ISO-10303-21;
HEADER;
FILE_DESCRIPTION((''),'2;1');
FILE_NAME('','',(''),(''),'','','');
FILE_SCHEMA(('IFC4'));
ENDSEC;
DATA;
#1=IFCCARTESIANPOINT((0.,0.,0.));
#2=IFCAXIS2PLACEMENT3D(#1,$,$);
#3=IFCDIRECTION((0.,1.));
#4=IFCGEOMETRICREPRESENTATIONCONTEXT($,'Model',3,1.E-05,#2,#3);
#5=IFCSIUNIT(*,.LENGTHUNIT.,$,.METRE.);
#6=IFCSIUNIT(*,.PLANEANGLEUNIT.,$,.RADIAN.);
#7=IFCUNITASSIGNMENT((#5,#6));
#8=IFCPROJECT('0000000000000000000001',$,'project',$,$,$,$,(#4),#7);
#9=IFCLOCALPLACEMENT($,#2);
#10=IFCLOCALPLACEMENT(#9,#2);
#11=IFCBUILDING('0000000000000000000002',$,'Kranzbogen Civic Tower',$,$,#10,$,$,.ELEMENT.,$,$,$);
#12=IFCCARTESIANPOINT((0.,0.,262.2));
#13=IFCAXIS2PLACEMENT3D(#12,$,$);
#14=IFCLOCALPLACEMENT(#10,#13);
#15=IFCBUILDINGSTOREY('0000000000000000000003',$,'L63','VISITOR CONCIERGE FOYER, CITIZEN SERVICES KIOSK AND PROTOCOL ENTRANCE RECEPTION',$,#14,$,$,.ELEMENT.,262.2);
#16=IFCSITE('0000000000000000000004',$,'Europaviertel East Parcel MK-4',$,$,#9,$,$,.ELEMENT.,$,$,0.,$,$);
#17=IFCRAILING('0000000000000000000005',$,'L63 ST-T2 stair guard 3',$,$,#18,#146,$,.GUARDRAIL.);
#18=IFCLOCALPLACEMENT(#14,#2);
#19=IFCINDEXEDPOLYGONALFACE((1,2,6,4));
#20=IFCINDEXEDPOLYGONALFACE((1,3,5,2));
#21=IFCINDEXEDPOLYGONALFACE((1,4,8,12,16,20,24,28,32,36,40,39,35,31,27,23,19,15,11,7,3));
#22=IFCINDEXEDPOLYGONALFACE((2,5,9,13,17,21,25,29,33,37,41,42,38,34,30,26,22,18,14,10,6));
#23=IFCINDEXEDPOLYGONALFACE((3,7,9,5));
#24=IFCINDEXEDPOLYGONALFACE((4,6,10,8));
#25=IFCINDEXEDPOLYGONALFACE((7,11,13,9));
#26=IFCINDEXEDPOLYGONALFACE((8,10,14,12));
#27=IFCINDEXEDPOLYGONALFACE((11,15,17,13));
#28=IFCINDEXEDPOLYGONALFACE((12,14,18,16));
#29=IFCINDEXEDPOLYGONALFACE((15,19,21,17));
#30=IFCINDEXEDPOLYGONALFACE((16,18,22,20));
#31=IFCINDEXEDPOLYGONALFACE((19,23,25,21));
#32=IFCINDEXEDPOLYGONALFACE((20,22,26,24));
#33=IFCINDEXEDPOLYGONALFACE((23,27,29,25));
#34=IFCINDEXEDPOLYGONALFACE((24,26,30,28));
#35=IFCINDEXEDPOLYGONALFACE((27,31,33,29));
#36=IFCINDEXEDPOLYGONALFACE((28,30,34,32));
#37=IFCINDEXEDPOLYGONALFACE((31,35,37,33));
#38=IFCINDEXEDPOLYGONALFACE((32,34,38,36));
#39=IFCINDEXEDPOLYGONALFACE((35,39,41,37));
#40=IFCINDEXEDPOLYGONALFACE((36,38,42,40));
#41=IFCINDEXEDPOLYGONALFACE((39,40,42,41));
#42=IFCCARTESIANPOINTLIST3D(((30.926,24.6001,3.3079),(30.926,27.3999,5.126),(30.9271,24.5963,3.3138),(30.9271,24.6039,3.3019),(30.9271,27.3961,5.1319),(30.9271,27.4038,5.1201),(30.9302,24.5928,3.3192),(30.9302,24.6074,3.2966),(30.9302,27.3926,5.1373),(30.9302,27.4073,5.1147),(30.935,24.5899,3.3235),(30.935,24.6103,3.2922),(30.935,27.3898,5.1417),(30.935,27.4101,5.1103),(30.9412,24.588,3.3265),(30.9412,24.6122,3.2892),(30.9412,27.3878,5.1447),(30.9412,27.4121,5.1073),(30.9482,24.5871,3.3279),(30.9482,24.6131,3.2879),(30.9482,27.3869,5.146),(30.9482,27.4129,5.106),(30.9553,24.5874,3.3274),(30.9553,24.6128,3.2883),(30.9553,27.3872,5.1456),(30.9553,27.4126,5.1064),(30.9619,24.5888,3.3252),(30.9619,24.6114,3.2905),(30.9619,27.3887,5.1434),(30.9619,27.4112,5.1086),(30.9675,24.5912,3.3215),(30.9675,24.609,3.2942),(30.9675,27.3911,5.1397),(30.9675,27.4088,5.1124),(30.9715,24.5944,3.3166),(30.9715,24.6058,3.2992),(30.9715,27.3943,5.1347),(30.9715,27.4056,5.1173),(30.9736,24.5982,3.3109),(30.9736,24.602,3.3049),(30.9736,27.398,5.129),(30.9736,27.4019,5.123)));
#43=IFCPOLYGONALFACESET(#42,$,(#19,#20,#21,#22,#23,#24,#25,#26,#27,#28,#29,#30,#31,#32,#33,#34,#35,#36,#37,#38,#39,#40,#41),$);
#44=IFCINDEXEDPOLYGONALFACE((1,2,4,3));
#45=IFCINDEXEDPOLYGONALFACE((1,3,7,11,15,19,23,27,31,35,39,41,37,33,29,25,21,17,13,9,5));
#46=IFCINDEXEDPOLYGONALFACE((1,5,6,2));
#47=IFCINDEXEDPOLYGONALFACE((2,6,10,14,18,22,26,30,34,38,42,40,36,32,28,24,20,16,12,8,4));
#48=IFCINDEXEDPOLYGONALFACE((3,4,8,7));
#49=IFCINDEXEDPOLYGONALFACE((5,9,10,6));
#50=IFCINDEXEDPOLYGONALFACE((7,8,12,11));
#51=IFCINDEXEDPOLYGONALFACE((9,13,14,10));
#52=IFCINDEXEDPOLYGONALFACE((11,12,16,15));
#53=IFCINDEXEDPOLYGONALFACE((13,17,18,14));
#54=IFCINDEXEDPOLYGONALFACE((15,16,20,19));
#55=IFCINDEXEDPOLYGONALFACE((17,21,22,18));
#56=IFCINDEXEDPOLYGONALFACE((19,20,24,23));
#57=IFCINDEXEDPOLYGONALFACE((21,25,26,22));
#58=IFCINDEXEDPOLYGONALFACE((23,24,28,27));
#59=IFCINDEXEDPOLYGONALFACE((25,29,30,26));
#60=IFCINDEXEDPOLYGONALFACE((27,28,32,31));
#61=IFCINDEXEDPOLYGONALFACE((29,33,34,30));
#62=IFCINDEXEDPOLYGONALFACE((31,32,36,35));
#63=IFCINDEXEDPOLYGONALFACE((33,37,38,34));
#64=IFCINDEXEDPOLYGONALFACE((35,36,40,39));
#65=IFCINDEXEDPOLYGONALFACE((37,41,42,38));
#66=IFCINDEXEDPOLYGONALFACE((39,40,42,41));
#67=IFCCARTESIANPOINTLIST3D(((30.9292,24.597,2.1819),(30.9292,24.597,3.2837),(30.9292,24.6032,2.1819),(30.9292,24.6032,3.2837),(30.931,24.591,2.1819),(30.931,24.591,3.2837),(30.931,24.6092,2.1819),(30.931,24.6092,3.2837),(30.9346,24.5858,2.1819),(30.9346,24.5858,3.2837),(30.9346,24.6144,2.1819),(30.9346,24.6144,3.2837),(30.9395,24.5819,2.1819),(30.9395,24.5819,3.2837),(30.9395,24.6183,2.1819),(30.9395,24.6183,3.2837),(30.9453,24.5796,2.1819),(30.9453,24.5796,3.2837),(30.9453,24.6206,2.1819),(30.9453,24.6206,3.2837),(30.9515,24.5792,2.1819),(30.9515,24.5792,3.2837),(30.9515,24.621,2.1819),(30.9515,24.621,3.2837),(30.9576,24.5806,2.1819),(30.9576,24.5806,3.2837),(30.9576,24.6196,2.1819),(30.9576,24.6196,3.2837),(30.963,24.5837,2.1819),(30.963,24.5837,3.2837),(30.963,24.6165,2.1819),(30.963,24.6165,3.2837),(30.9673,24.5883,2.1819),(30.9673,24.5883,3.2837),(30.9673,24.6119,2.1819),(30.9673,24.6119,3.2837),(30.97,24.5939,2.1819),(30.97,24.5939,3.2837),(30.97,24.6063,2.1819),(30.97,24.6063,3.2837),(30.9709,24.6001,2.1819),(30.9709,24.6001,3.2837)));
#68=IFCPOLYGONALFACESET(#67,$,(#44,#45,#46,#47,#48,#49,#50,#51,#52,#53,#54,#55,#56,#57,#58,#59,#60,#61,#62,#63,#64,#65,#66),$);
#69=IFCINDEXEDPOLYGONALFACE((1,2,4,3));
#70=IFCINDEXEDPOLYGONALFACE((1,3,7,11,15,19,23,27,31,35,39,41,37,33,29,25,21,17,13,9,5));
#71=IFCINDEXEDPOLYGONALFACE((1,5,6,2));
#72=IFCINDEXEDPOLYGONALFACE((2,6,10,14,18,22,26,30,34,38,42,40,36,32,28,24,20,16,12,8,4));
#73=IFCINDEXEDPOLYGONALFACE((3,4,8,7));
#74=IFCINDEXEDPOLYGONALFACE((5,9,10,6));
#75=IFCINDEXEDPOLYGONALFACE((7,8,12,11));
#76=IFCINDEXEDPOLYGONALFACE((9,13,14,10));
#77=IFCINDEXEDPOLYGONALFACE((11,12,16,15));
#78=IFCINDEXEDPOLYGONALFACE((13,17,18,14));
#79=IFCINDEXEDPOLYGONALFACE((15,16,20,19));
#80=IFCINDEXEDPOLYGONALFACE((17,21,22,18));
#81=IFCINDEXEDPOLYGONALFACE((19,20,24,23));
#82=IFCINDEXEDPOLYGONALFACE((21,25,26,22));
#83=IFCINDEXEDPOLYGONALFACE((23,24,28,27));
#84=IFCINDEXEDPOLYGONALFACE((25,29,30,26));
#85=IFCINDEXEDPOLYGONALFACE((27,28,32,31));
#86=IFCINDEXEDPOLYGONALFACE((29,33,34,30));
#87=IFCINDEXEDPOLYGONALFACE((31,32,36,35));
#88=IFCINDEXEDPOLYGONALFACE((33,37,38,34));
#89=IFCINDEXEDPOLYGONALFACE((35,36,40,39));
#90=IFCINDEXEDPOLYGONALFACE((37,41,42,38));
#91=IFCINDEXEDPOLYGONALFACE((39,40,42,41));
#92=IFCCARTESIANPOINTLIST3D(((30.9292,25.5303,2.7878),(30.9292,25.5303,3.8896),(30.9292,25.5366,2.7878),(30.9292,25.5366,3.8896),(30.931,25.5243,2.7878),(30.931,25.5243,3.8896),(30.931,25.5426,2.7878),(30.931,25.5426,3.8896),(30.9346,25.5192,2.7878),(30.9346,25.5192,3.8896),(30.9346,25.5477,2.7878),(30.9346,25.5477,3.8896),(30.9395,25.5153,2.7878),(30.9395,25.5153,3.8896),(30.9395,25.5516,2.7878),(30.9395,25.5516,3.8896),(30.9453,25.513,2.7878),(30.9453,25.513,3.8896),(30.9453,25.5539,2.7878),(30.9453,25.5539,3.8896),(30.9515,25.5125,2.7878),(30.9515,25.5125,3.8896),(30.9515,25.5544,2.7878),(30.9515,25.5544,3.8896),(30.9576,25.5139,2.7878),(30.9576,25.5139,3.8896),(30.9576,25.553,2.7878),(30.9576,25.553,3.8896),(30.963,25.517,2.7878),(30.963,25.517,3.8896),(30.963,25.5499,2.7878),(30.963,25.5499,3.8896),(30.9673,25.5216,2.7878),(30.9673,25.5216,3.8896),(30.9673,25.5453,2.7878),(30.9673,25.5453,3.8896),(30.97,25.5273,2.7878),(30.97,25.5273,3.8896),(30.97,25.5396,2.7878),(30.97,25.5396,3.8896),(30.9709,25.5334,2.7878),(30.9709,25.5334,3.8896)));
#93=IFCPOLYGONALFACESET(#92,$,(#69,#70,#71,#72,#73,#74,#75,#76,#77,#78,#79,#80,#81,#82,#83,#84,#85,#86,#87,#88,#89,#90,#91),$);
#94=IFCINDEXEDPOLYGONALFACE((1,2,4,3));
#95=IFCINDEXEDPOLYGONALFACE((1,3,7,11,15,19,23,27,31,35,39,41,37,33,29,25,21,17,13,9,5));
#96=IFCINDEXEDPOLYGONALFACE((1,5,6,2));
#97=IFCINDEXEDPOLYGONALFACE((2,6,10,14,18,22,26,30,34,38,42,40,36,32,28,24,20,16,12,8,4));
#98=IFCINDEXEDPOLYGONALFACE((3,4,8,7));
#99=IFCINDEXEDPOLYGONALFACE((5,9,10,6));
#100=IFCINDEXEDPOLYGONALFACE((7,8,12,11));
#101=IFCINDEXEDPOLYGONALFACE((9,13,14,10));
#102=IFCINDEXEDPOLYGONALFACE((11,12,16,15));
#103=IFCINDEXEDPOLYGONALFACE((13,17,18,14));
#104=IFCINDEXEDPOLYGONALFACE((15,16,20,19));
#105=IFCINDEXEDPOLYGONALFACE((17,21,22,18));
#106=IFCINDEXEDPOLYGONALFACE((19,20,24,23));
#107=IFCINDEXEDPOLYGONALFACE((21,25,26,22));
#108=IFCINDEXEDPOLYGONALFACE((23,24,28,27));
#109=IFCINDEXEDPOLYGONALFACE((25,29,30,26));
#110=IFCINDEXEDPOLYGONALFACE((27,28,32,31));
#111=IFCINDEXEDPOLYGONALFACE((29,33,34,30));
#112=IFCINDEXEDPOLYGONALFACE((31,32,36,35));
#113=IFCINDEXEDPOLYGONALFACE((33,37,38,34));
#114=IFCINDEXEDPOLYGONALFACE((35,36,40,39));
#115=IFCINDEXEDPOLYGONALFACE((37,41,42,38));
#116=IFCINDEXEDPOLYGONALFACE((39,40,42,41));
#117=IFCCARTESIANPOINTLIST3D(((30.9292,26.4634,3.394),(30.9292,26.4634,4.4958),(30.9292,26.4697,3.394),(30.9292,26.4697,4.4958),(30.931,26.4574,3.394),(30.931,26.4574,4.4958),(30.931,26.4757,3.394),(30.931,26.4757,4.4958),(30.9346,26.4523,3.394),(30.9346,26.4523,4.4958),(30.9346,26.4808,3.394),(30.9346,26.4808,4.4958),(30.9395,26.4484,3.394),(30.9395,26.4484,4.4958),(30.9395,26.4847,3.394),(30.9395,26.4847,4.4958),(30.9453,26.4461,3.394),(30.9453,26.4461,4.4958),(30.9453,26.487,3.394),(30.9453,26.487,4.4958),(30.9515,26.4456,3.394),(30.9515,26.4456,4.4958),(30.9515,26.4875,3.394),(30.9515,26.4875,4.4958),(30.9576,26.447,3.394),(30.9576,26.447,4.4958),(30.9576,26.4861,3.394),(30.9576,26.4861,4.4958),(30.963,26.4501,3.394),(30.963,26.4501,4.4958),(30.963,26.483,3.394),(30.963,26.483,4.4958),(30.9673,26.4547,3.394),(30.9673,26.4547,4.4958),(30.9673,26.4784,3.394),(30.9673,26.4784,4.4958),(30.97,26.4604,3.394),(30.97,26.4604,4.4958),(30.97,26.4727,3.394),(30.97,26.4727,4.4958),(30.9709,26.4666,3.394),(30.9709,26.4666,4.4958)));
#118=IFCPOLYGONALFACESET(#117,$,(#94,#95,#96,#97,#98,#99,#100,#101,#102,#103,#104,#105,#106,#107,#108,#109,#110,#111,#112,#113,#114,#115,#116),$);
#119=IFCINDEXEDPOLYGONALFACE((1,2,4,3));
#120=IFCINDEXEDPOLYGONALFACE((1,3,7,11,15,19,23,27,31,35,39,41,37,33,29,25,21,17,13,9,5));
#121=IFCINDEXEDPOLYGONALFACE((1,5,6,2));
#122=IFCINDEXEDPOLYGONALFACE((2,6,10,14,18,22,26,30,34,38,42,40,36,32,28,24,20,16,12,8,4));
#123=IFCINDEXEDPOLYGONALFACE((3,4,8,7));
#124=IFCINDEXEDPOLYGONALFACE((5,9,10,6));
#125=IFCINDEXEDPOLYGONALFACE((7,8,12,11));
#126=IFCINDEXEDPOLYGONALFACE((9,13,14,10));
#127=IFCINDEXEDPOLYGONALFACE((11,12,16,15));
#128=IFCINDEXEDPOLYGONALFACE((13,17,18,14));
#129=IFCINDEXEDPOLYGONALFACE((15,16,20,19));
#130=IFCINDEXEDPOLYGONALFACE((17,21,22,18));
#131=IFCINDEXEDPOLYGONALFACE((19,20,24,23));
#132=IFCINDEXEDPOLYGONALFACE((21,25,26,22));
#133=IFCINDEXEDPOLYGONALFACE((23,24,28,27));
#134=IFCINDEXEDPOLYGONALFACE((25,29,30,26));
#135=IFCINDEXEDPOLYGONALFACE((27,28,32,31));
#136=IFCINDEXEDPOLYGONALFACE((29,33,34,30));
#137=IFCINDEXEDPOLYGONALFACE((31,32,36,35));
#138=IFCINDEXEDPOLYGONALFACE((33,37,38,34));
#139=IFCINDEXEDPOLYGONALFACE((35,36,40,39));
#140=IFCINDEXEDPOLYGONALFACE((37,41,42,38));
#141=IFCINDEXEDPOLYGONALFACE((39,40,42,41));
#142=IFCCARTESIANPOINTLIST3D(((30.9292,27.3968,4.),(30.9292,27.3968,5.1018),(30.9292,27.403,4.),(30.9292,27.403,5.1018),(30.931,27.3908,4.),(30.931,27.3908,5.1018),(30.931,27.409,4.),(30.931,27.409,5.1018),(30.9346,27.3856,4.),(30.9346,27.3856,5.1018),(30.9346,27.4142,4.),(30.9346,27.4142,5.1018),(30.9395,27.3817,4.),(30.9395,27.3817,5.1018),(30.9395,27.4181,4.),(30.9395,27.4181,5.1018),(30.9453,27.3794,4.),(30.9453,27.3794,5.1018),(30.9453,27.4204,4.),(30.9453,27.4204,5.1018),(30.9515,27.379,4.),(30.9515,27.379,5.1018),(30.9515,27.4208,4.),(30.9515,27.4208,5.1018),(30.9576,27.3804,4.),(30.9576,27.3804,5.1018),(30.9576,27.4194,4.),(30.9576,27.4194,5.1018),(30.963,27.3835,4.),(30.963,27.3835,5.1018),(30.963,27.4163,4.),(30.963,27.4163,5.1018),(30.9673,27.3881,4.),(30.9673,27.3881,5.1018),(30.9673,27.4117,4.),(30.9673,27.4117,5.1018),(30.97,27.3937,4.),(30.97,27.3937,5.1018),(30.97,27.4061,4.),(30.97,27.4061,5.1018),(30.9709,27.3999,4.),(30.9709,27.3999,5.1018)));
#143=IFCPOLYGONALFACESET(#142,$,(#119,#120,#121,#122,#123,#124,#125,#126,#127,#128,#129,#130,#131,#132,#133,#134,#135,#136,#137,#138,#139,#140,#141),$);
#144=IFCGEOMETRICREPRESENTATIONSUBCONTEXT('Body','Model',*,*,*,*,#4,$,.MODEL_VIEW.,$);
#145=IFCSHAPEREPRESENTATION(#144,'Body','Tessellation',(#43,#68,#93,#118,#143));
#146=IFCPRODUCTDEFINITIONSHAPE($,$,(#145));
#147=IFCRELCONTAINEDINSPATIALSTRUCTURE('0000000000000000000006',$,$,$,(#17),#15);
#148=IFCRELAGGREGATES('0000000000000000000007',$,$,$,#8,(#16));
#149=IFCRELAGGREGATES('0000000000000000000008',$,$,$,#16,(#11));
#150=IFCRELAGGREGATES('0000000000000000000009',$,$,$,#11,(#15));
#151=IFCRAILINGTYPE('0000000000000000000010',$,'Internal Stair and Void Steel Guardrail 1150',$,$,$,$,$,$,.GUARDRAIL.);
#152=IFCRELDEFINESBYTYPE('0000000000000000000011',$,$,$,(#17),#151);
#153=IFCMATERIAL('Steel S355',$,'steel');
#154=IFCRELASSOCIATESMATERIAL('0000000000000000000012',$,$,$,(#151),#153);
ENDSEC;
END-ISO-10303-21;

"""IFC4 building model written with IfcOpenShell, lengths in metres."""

from ifc_helpers import new_model, si_unit, direction, frame, origin, origin_2d, place, context, subcontext, project, spatial, circle, extrude, material, type_object, element, save


model = new_model("IFC4")

# Units and contexts
model_context = context("Model", 3, precision=1e-05, world=origin(), true_north=direction((0.0, 1.0)))
body_context = subcontext(model_context, "Body", "Model", "MODEL_VIEW")
ifc_project = project(units=[si_unit("LENGTHUNIT", "METRE"), si_unit("PLANEANGLEUNIT", "RADIAN")], contexts=[model_context])

# Site, building, storey
site_placement = place(None, origin())
site = spatial("IfcSite", under=ifc_project, at=site_placement, Name="Europaviertel East Parcel MK-4", CompositionType="ELEMENT", RefElevation=0.0)
building_placement = place(site_placement, origin())
building = spatial("IfcBuilding", under=site, at=building_placement, Name="Kranzbogen Civic Tower", CompositionType="ELEMENT")
storey_placement = place(building_placement, frame((0.0, 0.0, 262.2)))
storey = spatial("IfcBuildingStorey", under=building, at=storey_placement, Name="L63", Description="VISITOR CONCIERGE FOYER, CITIZEN SERVICES KIOSK AND PROTOCOL ENTRANCE RECEPTION", CompositionType="ELEMENT", Elevation=262.2)

# Shared definitions
ifc_material_1 = material(Name="Steel S355", Category="steel")

# Railing
railing_type_1 = type_object("IfcRailingType", Name="Internal Stair and Void Steel Guardrail 1150", PredefinedType="GUARDRAIL", material=ifc_material_1)
railing_1_placement = place(storey_placement, frame((30.95, 24.6001, 2.1819)))
element("IfcRailing", 1, at=railing_1_placement, inside=storey, type_object=railing_type_1, Name="L63 ST-T2 stair guard 3", PredefinedType="GUARDRAIL", context=body_context, shape_type="SweptSolid", body=[
    extrude(circle(Radius=0.0239, at=origin_2d()), frame((0.0, 0.0, 1.126), z_axis=(0.0, 0.838684, 0.544618), x_axis=(-1.0, 0.0, 0.0)), (0.0, 0.0, 1.0), 3.3384),
    extrude(circle(Radius=0.021, at=origin_2d()), origin(), (0.0, 0.0, 1.0), 1.1018),
    extrude(circle(Radius=0.021, at=origin_2d()), frame((0.0, 0.9333, 0.606)), (0.0, 0.0, 1.0), 1.1018),
    extrude(circle(Radius=0.021, at=origin_2d()), frame((0.0, 1.8665, 1.2122)), (0.0, 0.0, 1.0), 1.1018),
    extrude(circle(Radius=0.021, at=origin_2d()), frame((0.0, 2.7998, 1.8181)), (0.0, 0.0, 1.0), 1.1018),
])

save(model, "model.ifc")
